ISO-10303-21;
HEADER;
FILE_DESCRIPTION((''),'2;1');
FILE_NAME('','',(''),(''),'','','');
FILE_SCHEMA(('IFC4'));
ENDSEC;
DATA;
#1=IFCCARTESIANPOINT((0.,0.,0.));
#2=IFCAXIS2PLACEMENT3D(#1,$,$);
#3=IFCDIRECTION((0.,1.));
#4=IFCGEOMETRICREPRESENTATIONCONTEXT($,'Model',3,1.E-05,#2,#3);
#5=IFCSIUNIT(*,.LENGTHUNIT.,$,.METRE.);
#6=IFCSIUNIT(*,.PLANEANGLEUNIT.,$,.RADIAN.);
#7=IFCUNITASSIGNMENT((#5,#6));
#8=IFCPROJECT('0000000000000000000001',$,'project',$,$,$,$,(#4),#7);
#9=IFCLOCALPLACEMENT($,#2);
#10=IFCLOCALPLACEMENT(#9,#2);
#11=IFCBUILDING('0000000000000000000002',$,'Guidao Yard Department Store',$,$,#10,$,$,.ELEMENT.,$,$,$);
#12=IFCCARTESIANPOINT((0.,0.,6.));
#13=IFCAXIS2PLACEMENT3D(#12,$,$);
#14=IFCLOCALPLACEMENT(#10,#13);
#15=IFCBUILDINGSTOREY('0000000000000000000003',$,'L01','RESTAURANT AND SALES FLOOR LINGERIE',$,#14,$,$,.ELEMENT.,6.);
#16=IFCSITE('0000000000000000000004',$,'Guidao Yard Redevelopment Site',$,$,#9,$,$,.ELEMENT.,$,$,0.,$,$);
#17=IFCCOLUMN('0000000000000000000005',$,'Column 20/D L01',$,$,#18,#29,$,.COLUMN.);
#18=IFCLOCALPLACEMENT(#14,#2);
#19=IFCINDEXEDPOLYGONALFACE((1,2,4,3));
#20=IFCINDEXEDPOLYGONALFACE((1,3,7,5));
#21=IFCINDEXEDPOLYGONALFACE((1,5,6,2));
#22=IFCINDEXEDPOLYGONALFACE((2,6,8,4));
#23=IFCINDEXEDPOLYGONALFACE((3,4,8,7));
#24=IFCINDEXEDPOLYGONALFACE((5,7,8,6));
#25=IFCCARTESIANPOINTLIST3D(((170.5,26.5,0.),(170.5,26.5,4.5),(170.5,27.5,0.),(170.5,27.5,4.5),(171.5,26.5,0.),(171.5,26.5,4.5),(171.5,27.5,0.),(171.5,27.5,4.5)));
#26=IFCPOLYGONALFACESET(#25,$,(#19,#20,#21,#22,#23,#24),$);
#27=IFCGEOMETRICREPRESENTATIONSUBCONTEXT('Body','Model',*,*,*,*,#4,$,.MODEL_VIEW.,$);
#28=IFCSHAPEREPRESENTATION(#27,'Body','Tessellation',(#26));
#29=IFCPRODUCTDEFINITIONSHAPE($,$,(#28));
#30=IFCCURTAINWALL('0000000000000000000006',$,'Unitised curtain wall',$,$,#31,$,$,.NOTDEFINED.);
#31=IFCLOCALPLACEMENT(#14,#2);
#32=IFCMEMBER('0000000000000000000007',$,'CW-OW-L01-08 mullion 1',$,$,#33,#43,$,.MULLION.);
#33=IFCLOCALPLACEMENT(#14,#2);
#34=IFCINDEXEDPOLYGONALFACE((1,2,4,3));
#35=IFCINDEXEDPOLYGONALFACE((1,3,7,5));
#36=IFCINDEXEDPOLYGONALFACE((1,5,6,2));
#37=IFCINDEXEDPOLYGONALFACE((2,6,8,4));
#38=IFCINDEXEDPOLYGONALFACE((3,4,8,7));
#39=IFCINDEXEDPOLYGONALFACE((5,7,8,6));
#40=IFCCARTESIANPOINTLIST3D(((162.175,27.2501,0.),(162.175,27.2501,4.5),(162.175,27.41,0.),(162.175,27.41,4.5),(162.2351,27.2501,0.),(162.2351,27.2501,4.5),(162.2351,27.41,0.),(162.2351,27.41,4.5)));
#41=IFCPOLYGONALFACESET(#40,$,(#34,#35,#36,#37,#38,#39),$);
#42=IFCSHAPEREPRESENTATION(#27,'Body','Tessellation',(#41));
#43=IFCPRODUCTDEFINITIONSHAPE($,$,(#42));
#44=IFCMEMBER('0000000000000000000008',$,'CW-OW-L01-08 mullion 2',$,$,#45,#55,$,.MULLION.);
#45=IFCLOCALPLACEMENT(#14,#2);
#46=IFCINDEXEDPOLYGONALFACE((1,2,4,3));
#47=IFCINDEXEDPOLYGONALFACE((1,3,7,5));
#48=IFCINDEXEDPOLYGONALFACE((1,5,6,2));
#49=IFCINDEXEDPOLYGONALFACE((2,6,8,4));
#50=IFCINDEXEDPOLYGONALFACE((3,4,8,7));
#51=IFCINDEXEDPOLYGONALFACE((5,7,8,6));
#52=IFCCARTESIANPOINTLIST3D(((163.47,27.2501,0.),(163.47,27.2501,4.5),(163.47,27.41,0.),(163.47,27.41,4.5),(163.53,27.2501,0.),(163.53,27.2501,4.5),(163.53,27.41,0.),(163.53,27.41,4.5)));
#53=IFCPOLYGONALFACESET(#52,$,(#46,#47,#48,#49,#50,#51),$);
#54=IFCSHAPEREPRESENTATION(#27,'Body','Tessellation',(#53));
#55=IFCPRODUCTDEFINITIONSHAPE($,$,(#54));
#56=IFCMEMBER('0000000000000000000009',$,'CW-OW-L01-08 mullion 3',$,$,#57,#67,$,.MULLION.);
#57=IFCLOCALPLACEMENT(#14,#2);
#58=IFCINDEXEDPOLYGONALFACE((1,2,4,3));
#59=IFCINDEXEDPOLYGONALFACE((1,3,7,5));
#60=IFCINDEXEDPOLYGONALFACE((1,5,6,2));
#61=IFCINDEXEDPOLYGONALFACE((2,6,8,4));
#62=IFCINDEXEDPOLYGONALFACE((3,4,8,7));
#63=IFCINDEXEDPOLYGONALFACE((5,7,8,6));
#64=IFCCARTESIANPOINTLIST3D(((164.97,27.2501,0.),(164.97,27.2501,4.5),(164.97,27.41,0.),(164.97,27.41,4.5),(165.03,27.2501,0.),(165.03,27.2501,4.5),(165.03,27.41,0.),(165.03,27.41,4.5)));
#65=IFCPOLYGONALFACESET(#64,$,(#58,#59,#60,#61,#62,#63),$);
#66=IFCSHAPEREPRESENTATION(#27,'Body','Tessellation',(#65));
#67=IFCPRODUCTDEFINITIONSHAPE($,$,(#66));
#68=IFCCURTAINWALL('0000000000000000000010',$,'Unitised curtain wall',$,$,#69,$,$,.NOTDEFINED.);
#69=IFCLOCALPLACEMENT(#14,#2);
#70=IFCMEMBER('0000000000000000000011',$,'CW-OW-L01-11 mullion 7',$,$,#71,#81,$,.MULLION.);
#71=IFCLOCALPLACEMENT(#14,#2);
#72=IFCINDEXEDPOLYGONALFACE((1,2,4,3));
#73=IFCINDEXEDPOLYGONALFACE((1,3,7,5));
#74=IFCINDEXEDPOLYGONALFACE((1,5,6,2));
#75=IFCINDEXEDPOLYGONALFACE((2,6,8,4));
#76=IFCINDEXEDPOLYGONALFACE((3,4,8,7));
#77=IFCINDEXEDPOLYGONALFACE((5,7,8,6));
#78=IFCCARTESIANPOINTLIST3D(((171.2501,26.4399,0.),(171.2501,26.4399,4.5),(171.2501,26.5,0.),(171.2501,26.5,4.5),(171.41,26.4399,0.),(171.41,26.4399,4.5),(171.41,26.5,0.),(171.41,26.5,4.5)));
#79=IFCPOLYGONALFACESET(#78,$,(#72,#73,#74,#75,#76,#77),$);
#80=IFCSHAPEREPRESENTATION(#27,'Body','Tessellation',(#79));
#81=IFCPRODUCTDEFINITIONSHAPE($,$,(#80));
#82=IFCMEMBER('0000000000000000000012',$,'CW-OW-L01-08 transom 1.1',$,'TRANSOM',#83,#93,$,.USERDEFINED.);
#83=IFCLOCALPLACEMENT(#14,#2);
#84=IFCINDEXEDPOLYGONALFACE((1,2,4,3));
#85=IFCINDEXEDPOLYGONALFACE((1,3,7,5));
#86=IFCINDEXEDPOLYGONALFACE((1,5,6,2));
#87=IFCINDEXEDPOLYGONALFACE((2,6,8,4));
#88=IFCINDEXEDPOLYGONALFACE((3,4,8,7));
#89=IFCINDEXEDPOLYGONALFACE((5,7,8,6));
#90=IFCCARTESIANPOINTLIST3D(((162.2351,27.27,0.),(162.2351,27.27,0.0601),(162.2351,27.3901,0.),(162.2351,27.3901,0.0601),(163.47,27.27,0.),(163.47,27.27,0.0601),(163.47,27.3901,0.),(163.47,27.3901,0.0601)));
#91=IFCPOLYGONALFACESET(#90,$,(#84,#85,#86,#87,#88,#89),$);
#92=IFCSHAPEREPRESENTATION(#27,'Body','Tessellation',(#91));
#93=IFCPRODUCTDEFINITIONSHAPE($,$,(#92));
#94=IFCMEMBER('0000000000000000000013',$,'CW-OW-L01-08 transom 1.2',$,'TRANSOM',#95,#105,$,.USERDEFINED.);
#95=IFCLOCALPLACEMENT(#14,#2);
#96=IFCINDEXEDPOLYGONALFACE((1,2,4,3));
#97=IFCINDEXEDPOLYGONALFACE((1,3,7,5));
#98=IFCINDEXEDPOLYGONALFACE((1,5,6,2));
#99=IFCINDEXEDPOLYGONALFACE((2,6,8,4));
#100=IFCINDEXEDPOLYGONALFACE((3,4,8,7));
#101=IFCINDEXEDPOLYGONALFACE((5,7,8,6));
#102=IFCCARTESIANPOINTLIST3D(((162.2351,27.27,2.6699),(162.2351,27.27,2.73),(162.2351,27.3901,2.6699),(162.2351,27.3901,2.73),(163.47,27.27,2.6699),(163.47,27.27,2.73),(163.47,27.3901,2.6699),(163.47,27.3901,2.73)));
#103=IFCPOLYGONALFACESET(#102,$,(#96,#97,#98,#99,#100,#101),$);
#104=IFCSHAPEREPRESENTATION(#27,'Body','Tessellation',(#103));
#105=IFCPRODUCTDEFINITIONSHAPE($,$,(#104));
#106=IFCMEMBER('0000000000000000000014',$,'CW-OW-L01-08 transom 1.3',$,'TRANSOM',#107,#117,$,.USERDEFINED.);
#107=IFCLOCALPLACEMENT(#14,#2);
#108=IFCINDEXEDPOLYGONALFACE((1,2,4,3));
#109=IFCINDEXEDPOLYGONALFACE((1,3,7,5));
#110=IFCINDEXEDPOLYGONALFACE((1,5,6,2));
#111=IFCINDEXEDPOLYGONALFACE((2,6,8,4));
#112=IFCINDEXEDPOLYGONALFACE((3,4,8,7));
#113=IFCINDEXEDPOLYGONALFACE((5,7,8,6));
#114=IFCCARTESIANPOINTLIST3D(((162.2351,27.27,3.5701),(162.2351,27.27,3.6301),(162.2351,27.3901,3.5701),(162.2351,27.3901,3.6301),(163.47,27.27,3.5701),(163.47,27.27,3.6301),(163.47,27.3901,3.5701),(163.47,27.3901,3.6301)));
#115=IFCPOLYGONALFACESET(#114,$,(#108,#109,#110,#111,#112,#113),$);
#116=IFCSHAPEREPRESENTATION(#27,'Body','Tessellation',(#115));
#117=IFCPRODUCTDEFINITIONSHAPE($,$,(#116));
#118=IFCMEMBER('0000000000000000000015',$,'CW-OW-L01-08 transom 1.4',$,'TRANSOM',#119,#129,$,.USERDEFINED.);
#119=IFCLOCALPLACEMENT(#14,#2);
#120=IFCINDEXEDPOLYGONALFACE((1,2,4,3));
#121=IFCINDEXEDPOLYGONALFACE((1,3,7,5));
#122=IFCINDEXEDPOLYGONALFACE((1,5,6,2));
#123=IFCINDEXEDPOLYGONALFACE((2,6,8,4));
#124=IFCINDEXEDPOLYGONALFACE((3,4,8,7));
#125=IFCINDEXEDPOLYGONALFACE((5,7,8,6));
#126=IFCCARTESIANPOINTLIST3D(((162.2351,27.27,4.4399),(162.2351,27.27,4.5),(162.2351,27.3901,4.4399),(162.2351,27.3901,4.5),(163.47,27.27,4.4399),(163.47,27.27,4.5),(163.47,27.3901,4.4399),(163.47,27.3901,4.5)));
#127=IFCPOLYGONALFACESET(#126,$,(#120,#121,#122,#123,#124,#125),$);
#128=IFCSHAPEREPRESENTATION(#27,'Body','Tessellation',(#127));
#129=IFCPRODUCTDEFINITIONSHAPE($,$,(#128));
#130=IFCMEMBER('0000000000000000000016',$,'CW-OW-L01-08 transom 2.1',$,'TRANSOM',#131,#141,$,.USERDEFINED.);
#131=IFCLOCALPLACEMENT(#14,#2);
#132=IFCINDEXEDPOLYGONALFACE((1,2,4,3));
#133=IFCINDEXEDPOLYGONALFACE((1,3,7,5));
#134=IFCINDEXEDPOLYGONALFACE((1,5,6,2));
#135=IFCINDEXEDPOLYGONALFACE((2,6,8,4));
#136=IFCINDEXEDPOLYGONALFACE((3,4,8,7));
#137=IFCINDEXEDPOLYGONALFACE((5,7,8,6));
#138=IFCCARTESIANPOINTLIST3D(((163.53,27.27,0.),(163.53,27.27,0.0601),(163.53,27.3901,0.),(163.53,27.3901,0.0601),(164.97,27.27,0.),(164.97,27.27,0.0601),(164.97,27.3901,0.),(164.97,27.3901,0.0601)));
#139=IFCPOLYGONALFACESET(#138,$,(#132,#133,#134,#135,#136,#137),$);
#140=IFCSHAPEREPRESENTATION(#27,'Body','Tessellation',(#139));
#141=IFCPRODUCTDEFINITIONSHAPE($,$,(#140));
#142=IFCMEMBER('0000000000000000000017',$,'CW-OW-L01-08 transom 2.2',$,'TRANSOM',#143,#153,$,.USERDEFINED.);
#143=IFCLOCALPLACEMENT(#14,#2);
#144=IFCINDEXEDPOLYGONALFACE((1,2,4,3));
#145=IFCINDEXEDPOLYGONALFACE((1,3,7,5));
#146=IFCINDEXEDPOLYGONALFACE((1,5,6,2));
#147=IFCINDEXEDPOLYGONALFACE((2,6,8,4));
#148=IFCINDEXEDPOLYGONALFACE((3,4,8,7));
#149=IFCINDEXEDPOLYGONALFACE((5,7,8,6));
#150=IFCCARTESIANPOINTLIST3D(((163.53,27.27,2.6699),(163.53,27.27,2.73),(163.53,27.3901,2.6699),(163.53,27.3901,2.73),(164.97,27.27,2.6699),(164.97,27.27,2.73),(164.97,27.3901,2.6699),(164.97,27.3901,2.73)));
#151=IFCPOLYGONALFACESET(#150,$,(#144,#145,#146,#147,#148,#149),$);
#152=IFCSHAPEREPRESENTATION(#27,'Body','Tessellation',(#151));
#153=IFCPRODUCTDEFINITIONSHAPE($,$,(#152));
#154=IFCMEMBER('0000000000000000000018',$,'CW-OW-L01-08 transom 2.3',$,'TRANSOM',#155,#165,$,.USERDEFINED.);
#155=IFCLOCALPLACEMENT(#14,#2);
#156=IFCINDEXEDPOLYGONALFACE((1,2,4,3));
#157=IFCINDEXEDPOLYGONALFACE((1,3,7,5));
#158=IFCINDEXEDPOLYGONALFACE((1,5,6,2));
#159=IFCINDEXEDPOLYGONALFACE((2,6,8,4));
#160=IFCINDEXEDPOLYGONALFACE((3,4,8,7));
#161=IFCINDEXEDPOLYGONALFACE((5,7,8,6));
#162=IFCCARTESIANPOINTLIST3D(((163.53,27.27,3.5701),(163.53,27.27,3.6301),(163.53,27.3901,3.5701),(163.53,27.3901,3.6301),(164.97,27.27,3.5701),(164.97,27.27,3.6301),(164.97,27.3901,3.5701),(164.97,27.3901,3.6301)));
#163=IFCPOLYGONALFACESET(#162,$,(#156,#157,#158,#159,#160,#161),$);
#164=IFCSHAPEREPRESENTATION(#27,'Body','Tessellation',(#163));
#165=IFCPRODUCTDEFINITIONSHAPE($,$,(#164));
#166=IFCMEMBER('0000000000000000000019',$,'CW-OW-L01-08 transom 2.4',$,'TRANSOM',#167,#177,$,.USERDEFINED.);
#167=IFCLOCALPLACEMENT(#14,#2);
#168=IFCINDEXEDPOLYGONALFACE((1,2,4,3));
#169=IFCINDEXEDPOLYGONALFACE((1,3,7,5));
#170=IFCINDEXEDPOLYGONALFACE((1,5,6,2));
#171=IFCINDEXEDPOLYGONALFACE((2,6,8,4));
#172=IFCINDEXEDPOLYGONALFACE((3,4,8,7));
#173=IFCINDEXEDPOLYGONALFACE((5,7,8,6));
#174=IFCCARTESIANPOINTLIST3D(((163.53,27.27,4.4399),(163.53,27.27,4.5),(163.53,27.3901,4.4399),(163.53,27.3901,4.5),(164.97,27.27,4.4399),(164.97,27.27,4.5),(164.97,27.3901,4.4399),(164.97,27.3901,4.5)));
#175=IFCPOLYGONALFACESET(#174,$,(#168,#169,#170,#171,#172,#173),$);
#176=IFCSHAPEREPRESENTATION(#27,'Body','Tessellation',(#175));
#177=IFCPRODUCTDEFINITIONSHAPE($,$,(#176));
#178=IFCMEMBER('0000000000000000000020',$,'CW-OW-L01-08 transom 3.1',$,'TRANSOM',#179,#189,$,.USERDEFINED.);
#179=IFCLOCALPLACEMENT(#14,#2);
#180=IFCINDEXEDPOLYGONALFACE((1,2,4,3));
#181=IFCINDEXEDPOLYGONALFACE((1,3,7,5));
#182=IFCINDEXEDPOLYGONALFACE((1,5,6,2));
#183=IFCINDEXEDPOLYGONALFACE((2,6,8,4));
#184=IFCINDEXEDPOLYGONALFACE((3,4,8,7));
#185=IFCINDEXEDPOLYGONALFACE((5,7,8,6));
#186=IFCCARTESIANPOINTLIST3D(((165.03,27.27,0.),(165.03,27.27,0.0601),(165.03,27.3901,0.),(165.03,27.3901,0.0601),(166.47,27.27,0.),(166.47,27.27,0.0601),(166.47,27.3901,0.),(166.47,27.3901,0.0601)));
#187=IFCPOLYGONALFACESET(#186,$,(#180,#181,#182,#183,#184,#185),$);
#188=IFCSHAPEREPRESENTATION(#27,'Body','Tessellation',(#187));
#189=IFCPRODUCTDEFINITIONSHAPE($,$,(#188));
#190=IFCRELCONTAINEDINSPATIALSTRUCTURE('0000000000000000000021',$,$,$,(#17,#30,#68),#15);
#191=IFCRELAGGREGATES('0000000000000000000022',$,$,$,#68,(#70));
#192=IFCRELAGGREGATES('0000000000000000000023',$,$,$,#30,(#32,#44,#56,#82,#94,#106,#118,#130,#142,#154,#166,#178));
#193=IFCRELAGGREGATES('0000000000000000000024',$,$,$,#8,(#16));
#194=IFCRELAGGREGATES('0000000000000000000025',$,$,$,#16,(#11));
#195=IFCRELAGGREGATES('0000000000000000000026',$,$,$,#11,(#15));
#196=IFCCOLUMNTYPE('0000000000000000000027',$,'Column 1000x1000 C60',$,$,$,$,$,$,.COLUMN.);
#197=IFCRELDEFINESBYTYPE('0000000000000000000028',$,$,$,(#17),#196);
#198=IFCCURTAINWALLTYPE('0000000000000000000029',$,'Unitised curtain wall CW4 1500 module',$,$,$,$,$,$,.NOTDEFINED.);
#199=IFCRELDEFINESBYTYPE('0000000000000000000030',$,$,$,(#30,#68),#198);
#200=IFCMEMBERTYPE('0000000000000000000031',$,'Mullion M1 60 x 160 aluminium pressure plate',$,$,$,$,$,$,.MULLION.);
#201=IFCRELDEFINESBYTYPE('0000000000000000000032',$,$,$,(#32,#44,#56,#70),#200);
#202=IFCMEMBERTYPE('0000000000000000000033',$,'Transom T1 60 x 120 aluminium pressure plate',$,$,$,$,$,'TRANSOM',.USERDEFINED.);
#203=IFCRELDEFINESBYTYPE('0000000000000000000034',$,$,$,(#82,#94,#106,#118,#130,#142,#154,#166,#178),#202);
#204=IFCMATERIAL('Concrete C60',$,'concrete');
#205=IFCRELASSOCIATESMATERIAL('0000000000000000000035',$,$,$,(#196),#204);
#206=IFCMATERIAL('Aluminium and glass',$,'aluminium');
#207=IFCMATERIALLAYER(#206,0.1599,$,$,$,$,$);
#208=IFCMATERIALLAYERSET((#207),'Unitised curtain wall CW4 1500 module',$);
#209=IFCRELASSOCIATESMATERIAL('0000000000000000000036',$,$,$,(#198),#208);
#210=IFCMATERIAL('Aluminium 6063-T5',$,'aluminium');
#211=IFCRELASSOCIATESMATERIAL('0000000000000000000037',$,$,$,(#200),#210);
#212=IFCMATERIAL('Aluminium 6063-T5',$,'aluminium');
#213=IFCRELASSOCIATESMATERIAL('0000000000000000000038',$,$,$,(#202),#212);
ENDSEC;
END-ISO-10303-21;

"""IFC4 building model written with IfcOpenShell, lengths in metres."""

from ifc_helpers import new_model, si_unit, direction, frame, origin, origin_2d, place, context, subcontext, project, spatial, rectangle, extrude, material, layer, layer_set, material_profile, profile_set, type_object, element, aggregate, save


model = new_model("IFC4")

# Units and contexts
model_context = context("Model", 3, precision=1e-05, world=origin(), true_north=direction((0.0, 1.0)))
body_context = subcontext(model_context, "Body", "Model", "MODEL_VIEW")
ifc_project = project(units=[si_unit("LENGTHUNIT", "METRE"), si_unit("PLANEANGLEUNIT", "RADIAN")], contexts=[model_context])

# Site, building, storey
site_placement = place(None, origin())
site = spatial("IfcSite", under=ifc_project, at=site_placement, Name="Guidao Yard Redevelopment Site", CompositionType="ELEMENT", RefElevation=0.0)
building_placement = place(site_placement, origin())
building = spatial("IfcBuilding", under=site, at=building_placement, Name="Guidao Yard Department Store", CompositionType="ELEMENT")
storey_placement = place(building_placement, frame((0.0, 0.0, 6.0)))
storey = spatial("IfcBuildingStorey", under=building, at=storey_placement, Name="L01", Description="RESTAURANT AND SALES FLOOR LINGERIE", CompositionType="ELEMENT", Elevation=6.0)

# Column
ifc_material_1 = material(Name="Concrete C60", Category="concrete")
ifc_material_profile_1 = material_profile(ifc_material_1, rectangle(XDim=1.0, YDim=1.0, at=origin_2d()), Name="COL 1000x1000")
ifc_profile_set_1 = profile_set([ifc_material_profile_1], Name="Concrete C60")
column_type = type_object("IfcColumnType", Name="Column 1000x1000 C60", PredefinedType="COLUMN", material=ifc_profile_set_1)
column_placement = place(storey_placement, frame((171.0, 27.0, 0.0), z_axis=(0.0, 0.0, 1.0), x_axis=(1.0, 0.0, 0.0)))
element("IfcColumn", 1, at=column_placement, inside=storey, type_object=column_type, Name="Column 20/D L01", PredefinedType="COLUMN", context=body_context, shape_type="SweptSolid", body=[
    extrude(rectangle(XDim=1.0, YDim=1.0, at=origin_2d()), origin(), (0.0, 0.0, 1.0), 4.5),
])

# Curtain wall, members
ifc_material_2 = material(Name="Aluminium and glass", Category="aluminium")
ifc_layer_1 = layer(ifc_material_2, 0.1599)
ifc_layer_set_1 = layer_set([ifc_layer_1], Name="Unitised curtain wall CW4 1500 module")
curtain_wall_type = type_object("IfcCurtainWallType", Name="Unitised curtain wall CW4 1500 module", PredefinedType="NOTDEFINED", material=ifc_layer_set_1)
curtain_wall_1_placement = place(storey_placement, origin())
curtain_wall_1 = element("IfcCurtainWall", 2, at=curtain_wall_1_placement, inside=storey, type_object=curtain_wall_type, Name="Unitised curtain wall", PredefinedType="NOTDEFINED")
ifc_material_3 = material(Name="Aluminium 6063-T5", Category="aluminium")
ifc_material_profile_2 = material_profile(ifc_material_3, rectangle(XDim=0.0601, YDim=0.1599, at=origin_2d()), Name="Mullion M1 60 x 160 aluminium pressure plate")
ifc_profile_set_2 = profile_set([ifc_material_profile_2], Name="Aluminium 6063-T5")
member_type_1 = type_object("IfcMemberType", Name="Mullion M1 60 x 160 aluminium pressure plate", PredefinedType="MULLION", material=ifc_profile_set_2)
member_1_placement = place(storey_placement, frame((162.2051, 27.3301, 0.0), z_axis=(0.0, 0.0, 1.0), x_axis=(1.0, 0.0, 0.0)))
member_1 = element("IfcMember", 3, at=member_1_placement, type_object=member_type_1, Name="CW-OW-L01-08 mullion 1", PredefinedType="MULLION", context=body_context, shape_type="SweptSolid", body=[
    extrude(rectangle(XDim=0.0601, YDim=0.1599, at=origin_2d()), origin(), (0.0, 0.0, 1.0), 4.5),
])
member_2_placement = place(storey_placement, frame((163.5, 27.3301, 0.0), z_axis=(0.0, 0.0, 1.0), x_axis=(1.0, 0.0, 0.0)))
member_2 = element("IfcMember", 4, at=member_2_placement, type_object=member_type_1, Name="CW-OW-L01-08 mullion 2", PredefinedType="MULLION", context=body_context, shape_type="SweptSolid", body=[
    extrude(rectangle(XDim=0.0601, YDim=0.1599, at=origin_2d()), origin(), (0.0, 0.0, 1.0), 4.5),
])
member_3_placement = place(storey_placement, frame((165.0, 27.3301, 0.0), z_axis=(0.0, 0.0, 1.0), x_axis=(1.0, 0.0, 0.0)))
member_3 = element("IfcMember", 5, at=member_3_placement, type_object=member_type_1, Name="CW-OW-L01-08 mullion 3", PredefinedType="MULLION", context=body_context, shape_type="SweptSolid", body=[
    extrude(rectangle(XDim=0.0601, YDim=0.1599, at=origin_2d()), origin(), (0.0, 0.0, 1.0), 4.5),
])

# Curtain wall, member
curtain_wall_2_placement = place(storey_placement, origin())
curtain_wall_2 = element("IfcCurtainWall", 6, at=curtain_wall_2_placement, inside=storey, type_object=curtain_wall_type, Name="Unitised curtain wall", PredefinedType="NOTDEFINED")
member_4_placement = place(storey_placement, frame((171.3301, 26.47, 0.0), z_axis=(0.0, 0.0, 1.0), x_axis=(0.0, -1.0, 0.0)))
member_4 = element("IfcMember", 7, at=member_4_placement, type_object=member_type_1, Name="CW-OW-L01-11 mullion 7", PredefinedType="MULLION", context=body_context, shape_type="SweptSolid", body=[
    extrude(rectangle(XDim=0.0601, YDim=0.1599, at=origin_2d()), origin(), (0.0, 0.0, 1.0), 4.5),
])

# Members
ifc_material_4 = material(Name="Aluminium 6063-T5", Category="aluminium")
ifc_material_profile_3 = material_profile(ifc_material_4, rectangle(XDim=0.1201, YDim=0.0601, at=origin_2d()), Name="Transom T1 60 x 120 aluminium pressure plate")
ifc_profile_set_3 = profile_set([ifc_material_profile_3], Name="Aluminium 6063-T5")
member_type_2 = type_object("IfcMemberType", Name="Transom T1 60 x 120 aluminium pressure plate", ElementType="TRANSOM", PredefinedType="USERDEFINED", material=ifc_profile_set_3)
member_5_placement = place(storey_placement, frame((162.2351, 27.3301, 0.03), z_axis=(1.0, 0.0, 0.0), x_axis=(0.0, 1.0, 0.0)))
member_5 = element("IfcMember", 8, at=member_5_placement, type_object=member_type_2, Name="CW-OW-L01-08 transom 1.1", ObjectType="TRANSOM", PredefinedType="USERDEFINED", context=body_context, shape_type="SweptSolid", body=[
    extrude(rectangle(XDim=0.1201, YDim=0.0601, at=origin_2d()), origin(), (0.0, 0.0, 1.0), 1.2349),
])
member_6_placement = place(storey_placement, frame((162.2351, 27.3301, 2.7), z_axis=(1.0, 0.0, 0.0), x_axis=(0.0, 1.0, 0.0)))
member_6 = element("IfcMember", 9, at=member_6_placement, type_object=member_type_2, Name="CW-OW-L01-08 transom 1.2", ObjectType="TRANSOM", PredefinedType="USERDEFINED", context=body_context, shape_type="SweptSolid", body=[
    extrude(rectangle(XDim=0.1201, YDim=0.0601, at=origin_2d()), origin(), (0.0, 0.0, 1.0), 1.2349),
])
member_7_placement = place(storey_placement, frame((162.2351, 27.3301, 3.6001), z_axis=(1.0, 0.0, 0.0), x_axis=(0.0, 1.0, 0.0)))
member_7 = element("IfcMember", 10, at=member_7_placement, type_object=member_type_2, Name="CW-OW-L01-08 transom 1.3", ObjectType="TRANSOM", PredefinedType="USERDEFINED", context=body_context, shape_type="SweptSolid", body=[
    extrude(rectangle(XDim=0.1201, YDim=0.0601, at=origin_2d()), origin(), (0.0, 0.0, 1.0), 1.2349),
])
member_8_placement = place(storey_placement, frame((162.2351, 27.3301, 4.47), z_axis=(1.0, 0.0, 0.0), x_axis=(0.0, 1.0, 0.0)))
member_8 = element("IfcMember", 11, at=member_8_placement, type_object=member_type_2, Name="CW-OW-L01-08 transom 1.4", ObjectType="TRANSOM", PredefinedType="USERDEFINED", context=body_context, shape_type="SweptSolid", body=[
    extrude(rectangle(XDim=0.1201, YDim=0.0601, at=origin_2d()), origin(), (0.0, 0.0, 1.0), 1.2349),
])
member_9_placement = place(storey_placement, frame((163.53, 27.3301, 0.03), z_axis=(1.0, 0.0, 0.0), x_axis=(0.0, 1.0, 0.0)))
member_9 = element("IfcMember", 12, at=member_9_placement, type_object=member_type_2, Name="CW-OW-L01-08 transom 2.1", ObjectType="TRANSOM", PredefinedType="USERDEFINED", context=body_context, shape_type="SweptSolid", body=[
    extrude(rectangle(XDim=0.1201, YDim=0.0601, at=origin_2d()), origin(), (0.0, 0.0, 1.0), 1.4399),
])
member_10_placement = place(storey_placement, frame((163.53, 27.3301, 2.7), z_axis=(1.0, 0.0, 0.0), x_axis=(0.0, 1.0, 0.0)))
member_10 = element("IfcMember", 13, at=member_10_placement, type_object=member_type_2, Name="CW-OW-L01-08 transom 2.2", ObjectType="TRANSOM", PredefinedType="USERDEFINED", context=body_context, shape_type="SweptSolid", body=[
    extrude(rectangle(XDim=0.1201, YDim=0.0601, at=origin_2d()), origin(), (0.0, 0.0, 1.0), 1.4399),
])
member_11_placement = place(storey_placement, frame((163.53, 27.3301, 3.6001), z_axis=(1.0, 0.0, 0.0), x_axis=(0.0, 1.0, 0.0)))
member_11 = element("IfcMember", 14, at=member_11_placement, type_object=member_type_2, Name="CW-OW-L01-08 transom 2.3", ObjectType="TRANSOM", PredefinedType="USERDEFINED", context=body_context, shape_type="SweptSolid", body=[
    extrude(rectangle(XDim=0.1201, YDim=0.0601, at=origin_2d()), origin(), (0.0, 0.0, 1.0), 1.4399),
])
member_12_placement = place(storey_placement, frame((163.53, 27.3301, 4.47), z_axis=(1.0, 0.0, 0.0), x_axis=(0.0, 1.0, 0.0)))
member_12 = element("IfcMember", 15, at=member_12_placement, type_object=member_type_2, Name="CW-OW-L01-08 transom 2.4", ObjectType="TRANSOM", PredefinedType="USERDEFINED", context=body_context, shape_type="SweptSolid", body=[
    extrude(rectangle(XDim=0.1201, YDim=0.0601, at=origin_2d()), origin(), (0.0, 0.0, 1.0), 1.4399),
])
member_13_placement = place(storey_placement, frame((165.03, 27.3301, 0.03), z_axis=(1.0, 0.0, 0.0), x_axis=(0.0, 1.0, 0.0)))
member_13 = element("IfcMember", 16, at=member_13_placement, type_object=member_type_2, Name="CW-OW-L01-08 transom 3.1", ObjectType="TRANSOM", PredefinedType="USERDEFINED", context=body_context, shape_type="SweptSolid", body=[
    extrude(rectangle(XDim=0.1201, YDim=0.0601, at=origin_2d()), origin(), (0.0, 0.0, 1.0), 1.4399),
])

aggregate(curtain_wall_2, [member_4])
aggregate(curtain_wall_1, [member_1, member_2, member_3, member_5, member_6, member_7, member_8, member_9, member_10, member_11, member_12, member_13])

save(model, "model.ifc")
